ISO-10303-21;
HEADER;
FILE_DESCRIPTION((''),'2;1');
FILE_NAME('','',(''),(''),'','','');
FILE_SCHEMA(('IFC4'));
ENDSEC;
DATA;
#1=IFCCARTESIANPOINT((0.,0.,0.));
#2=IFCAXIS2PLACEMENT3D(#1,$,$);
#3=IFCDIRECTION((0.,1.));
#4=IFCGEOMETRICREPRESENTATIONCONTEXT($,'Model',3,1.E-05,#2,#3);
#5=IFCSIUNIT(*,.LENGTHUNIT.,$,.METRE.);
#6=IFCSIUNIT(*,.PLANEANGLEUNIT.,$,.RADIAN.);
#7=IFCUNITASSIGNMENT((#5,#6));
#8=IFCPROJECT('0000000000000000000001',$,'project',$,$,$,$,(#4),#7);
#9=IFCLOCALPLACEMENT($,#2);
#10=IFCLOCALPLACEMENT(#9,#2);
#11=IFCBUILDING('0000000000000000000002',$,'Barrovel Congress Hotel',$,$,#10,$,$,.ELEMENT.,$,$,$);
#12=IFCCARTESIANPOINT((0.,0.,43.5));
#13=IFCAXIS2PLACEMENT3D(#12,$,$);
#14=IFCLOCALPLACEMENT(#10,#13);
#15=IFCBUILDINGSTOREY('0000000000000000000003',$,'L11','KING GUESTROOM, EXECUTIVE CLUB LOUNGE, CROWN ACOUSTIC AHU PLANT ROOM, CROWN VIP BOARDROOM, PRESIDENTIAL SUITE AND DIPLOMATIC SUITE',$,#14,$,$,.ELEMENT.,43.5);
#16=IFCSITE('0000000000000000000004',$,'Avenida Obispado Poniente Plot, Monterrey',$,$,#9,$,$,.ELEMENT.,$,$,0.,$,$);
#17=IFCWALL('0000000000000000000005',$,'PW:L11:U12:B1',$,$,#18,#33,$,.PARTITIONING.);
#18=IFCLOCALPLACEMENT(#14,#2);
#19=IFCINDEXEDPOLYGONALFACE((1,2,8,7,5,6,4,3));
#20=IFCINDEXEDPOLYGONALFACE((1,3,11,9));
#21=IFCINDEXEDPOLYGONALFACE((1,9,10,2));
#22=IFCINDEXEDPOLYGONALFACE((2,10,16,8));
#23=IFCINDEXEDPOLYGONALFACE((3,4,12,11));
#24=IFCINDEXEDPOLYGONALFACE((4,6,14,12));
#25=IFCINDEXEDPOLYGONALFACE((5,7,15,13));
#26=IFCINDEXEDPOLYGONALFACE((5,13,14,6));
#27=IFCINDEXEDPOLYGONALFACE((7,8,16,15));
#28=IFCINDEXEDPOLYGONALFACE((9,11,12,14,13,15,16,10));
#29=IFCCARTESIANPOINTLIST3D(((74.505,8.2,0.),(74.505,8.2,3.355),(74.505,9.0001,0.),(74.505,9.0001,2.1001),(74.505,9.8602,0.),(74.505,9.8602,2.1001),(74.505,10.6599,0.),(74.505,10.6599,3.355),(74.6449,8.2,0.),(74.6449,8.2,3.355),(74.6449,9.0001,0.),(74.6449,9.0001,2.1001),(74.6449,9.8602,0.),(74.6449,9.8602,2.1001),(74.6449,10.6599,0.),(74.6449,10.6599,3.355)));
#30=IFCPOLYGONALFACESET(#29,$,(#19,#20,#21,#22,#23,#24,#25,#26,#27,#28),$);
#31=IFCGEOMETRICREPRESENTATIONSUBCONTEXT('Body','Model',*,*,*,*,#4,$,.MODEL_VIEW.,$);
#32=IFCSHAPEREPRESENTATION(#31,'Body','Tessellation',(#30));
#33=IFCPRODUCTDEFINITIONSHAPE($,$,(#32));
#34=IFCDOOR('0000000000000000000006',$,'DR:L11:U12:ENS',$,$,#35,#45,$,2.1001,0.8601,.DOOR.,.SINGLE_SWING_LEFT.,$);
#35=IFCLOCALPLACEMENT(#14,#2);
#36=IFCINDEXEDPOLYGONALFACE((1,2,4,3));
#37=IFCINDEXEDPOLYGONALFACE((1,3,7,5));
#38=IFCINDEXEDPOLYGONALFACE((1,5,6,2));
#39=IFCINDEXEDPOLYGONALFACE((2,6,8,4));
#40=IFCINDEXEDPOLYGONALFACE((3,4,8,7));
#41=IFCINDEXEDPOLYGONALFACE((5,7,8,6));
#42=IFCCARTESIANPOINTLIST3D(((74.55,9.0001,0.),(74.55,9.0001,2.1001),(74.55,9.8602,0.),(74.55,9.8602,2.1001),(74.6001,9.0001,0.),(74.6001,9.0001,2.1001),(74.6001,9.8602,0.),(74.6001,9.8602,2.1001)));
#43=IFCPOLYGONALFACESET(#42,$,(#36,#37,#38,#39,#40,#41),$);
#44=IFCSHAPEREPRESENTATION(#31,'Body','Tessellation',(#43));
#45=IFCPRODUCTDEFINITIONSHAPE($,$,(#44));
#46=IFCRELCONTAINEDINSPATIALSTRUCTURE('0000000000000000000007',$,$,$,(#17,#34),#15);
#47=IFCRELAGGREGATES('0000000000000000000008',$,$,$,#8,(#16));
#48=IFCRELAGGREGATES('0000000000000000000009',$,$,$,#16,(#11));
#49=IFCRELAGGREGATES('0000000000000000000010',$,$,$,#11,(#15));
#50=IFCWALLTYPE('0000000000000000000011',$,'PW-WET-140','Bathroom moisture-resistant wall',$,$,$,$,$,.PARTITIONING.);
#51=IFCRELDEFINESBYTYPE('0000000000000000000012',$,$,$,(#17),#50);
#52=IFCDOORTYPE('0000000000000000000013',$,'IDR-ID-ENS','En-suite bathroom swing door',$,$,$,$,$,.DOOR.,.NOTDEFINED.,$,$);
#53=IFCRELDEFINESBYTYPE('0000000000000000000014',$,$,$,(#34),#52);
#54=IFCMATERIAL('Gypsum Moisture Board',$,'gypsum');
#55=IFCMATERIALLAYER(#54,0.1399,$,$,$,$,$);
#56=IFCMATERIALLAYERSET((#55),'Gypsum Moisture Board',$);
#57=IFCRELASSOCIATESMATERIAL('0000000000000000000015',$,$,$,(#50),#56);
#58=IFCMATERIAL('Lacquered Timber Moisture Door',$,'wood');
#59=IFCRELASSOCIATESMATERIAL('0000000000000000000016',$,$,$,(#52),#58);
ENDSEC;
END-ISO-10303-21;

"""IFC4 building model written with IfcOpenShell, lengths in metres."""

from ifc_helpers import new_model, si_unit, direction, frame, frame_2d, origin, place, context, subcontext, project, spatial, rectangle, extrude, material, layer, layer_set, type_object, element, fill, save


model = new_model("IFC4")

# Units and contexts
model_context = context("Model", 3, precision=1e-05, world=origin(), true_north=direction((0.0, 1.0)))
body_context = subcontext(model_context, "Body", "Model", "MODEL_VIEW")
ifc_project = project(units=[si_unit("LENGTHUNIT", "METRE"), si_unit("PLANEANGLEUNIT", "RADIAN")], contexts=[model_context])

# Site, building, storey
site_placement = place(None, origin())
site = spatial("IfcSite", under=ifc_project, at=site_placement, Name="Avenida Obispado Poniente Plot, Monterrey", CompositionType="ELEMENT", RefElevation=0.0)
building_placement = place(site_placement, origin())
building = spatial("IfcBuilding", under=site, at=building_placement, Name="Barrovel Congress Hotel", CompositionType="ELEMENT")
storey_placement = place(building_placement, frame((0.0, 0.0, 43.5)))
storey = spatial("IfcBuildingStorey", under=building, at=storey_placement, Name="L11", Description="KING GUESTROOM, EXECUTIVE CLUB LOUNGE, CROWN ACOUSTIC AHU PLANT ROOM, CROWN VIP BOARDROOM, PRESIDENTIAL SUITE AND DIPLOMATIC SUITE", CompositionType="ELEMENT", Elevation=43.5)

# Wall, opening, door
ifc_material_1 = material(Name="Gypsum Moisture Board", Category="gypsum")
ifc_layer_1 = layer(ifc_material_1, 0.1399)
ifc_layer_set_1 = layer_set([ifc_layer_1], Name="Gypsum Moisture Board")
wall_type_1 = type_object("IfcWallType", Name="PW-WET-140", Description="Bathroom moisture-resistant wall", PredefinedType="PARTITIONING", material=ifc_layer_set_1)
ifc_material_2 = material(Name="Lacquered Timber Moisture Door", Category="wood")
door_type_1 = type_object("IfcDoorType", Name="IDR-ID-ENS", Description="En-suite bathroom swing door", OperationType="NOTDEFINED", PredefinedType="DOOR", material=ifc_material_2)
wall_1_placement = place(storey_placement, frame((74.575, 8.2, 0.0), z_axis=(0.0, 0.0, 1.0), x_axis=(0.0, 1.0, 0.0)))
wall_1 = element("IfcWall", 1, at=wall_1_placement, inside=storey, type_object=wall_type_1, Name="PW:L11:U12:B1", PredefinedType="PARTITIONING", context=body_context, shape_type="SweptSolid", body=[
    extrude(rectangle(XDim=2.46, YDim=0.1399, at=frame_2d((1.23, 0.0))), origin(), (0.0, 0.0, 1.0), 3.355),
])
opening_1_placement = place(wall_1_placement, frame((0.8, 0.0, 0.0)))
opening_1 = element("IfcOpeningElement", 2, at=opening_1_placement, cuts=wall_1, PredefinedType="OPENING", context=body_context, shape_type="SweptSolid", body=[
    extrude(rectangle(XDim=0.8601, YDim=2.1001, at=frame_2d((0.4302, 1.05))), frame((0.0, 0.0801, 0.0), z_axis=(0.0, -1.0, 0.0), x_axis=(1.0, 0.0, 0.0)), (0.0, 0.0, 1.0), 0.1599),
])
door_1_placement = place(opening_1_placement, origin())
door_1 = element("IfcDoor", 3, at=door_1_placement, inside=storey, type_object=door_type_1, Name="DR:L11:U12:ENS", OperationType="SINGLE_SWING_LEFT", OverallHeight=2.1001, OverallWidth=0.8601, PredefinedType="DOOR", context=body_context, shape_type="SweptSolid", body=[
    extrude(rectangle(XDim=0.8601, YDim=2.1001, at=frame_2d((0.4302, 1.05))), frame((0.0, 0.0249, 0.0), z_axis=(0.0, -1.0, 0.0), x_axis=(1.0, 0.0, 0.0)), (0.0, 0.0, 1.0), 0.05),
])
fill(opening_1, door_1)

save(model, "model.ifc")
